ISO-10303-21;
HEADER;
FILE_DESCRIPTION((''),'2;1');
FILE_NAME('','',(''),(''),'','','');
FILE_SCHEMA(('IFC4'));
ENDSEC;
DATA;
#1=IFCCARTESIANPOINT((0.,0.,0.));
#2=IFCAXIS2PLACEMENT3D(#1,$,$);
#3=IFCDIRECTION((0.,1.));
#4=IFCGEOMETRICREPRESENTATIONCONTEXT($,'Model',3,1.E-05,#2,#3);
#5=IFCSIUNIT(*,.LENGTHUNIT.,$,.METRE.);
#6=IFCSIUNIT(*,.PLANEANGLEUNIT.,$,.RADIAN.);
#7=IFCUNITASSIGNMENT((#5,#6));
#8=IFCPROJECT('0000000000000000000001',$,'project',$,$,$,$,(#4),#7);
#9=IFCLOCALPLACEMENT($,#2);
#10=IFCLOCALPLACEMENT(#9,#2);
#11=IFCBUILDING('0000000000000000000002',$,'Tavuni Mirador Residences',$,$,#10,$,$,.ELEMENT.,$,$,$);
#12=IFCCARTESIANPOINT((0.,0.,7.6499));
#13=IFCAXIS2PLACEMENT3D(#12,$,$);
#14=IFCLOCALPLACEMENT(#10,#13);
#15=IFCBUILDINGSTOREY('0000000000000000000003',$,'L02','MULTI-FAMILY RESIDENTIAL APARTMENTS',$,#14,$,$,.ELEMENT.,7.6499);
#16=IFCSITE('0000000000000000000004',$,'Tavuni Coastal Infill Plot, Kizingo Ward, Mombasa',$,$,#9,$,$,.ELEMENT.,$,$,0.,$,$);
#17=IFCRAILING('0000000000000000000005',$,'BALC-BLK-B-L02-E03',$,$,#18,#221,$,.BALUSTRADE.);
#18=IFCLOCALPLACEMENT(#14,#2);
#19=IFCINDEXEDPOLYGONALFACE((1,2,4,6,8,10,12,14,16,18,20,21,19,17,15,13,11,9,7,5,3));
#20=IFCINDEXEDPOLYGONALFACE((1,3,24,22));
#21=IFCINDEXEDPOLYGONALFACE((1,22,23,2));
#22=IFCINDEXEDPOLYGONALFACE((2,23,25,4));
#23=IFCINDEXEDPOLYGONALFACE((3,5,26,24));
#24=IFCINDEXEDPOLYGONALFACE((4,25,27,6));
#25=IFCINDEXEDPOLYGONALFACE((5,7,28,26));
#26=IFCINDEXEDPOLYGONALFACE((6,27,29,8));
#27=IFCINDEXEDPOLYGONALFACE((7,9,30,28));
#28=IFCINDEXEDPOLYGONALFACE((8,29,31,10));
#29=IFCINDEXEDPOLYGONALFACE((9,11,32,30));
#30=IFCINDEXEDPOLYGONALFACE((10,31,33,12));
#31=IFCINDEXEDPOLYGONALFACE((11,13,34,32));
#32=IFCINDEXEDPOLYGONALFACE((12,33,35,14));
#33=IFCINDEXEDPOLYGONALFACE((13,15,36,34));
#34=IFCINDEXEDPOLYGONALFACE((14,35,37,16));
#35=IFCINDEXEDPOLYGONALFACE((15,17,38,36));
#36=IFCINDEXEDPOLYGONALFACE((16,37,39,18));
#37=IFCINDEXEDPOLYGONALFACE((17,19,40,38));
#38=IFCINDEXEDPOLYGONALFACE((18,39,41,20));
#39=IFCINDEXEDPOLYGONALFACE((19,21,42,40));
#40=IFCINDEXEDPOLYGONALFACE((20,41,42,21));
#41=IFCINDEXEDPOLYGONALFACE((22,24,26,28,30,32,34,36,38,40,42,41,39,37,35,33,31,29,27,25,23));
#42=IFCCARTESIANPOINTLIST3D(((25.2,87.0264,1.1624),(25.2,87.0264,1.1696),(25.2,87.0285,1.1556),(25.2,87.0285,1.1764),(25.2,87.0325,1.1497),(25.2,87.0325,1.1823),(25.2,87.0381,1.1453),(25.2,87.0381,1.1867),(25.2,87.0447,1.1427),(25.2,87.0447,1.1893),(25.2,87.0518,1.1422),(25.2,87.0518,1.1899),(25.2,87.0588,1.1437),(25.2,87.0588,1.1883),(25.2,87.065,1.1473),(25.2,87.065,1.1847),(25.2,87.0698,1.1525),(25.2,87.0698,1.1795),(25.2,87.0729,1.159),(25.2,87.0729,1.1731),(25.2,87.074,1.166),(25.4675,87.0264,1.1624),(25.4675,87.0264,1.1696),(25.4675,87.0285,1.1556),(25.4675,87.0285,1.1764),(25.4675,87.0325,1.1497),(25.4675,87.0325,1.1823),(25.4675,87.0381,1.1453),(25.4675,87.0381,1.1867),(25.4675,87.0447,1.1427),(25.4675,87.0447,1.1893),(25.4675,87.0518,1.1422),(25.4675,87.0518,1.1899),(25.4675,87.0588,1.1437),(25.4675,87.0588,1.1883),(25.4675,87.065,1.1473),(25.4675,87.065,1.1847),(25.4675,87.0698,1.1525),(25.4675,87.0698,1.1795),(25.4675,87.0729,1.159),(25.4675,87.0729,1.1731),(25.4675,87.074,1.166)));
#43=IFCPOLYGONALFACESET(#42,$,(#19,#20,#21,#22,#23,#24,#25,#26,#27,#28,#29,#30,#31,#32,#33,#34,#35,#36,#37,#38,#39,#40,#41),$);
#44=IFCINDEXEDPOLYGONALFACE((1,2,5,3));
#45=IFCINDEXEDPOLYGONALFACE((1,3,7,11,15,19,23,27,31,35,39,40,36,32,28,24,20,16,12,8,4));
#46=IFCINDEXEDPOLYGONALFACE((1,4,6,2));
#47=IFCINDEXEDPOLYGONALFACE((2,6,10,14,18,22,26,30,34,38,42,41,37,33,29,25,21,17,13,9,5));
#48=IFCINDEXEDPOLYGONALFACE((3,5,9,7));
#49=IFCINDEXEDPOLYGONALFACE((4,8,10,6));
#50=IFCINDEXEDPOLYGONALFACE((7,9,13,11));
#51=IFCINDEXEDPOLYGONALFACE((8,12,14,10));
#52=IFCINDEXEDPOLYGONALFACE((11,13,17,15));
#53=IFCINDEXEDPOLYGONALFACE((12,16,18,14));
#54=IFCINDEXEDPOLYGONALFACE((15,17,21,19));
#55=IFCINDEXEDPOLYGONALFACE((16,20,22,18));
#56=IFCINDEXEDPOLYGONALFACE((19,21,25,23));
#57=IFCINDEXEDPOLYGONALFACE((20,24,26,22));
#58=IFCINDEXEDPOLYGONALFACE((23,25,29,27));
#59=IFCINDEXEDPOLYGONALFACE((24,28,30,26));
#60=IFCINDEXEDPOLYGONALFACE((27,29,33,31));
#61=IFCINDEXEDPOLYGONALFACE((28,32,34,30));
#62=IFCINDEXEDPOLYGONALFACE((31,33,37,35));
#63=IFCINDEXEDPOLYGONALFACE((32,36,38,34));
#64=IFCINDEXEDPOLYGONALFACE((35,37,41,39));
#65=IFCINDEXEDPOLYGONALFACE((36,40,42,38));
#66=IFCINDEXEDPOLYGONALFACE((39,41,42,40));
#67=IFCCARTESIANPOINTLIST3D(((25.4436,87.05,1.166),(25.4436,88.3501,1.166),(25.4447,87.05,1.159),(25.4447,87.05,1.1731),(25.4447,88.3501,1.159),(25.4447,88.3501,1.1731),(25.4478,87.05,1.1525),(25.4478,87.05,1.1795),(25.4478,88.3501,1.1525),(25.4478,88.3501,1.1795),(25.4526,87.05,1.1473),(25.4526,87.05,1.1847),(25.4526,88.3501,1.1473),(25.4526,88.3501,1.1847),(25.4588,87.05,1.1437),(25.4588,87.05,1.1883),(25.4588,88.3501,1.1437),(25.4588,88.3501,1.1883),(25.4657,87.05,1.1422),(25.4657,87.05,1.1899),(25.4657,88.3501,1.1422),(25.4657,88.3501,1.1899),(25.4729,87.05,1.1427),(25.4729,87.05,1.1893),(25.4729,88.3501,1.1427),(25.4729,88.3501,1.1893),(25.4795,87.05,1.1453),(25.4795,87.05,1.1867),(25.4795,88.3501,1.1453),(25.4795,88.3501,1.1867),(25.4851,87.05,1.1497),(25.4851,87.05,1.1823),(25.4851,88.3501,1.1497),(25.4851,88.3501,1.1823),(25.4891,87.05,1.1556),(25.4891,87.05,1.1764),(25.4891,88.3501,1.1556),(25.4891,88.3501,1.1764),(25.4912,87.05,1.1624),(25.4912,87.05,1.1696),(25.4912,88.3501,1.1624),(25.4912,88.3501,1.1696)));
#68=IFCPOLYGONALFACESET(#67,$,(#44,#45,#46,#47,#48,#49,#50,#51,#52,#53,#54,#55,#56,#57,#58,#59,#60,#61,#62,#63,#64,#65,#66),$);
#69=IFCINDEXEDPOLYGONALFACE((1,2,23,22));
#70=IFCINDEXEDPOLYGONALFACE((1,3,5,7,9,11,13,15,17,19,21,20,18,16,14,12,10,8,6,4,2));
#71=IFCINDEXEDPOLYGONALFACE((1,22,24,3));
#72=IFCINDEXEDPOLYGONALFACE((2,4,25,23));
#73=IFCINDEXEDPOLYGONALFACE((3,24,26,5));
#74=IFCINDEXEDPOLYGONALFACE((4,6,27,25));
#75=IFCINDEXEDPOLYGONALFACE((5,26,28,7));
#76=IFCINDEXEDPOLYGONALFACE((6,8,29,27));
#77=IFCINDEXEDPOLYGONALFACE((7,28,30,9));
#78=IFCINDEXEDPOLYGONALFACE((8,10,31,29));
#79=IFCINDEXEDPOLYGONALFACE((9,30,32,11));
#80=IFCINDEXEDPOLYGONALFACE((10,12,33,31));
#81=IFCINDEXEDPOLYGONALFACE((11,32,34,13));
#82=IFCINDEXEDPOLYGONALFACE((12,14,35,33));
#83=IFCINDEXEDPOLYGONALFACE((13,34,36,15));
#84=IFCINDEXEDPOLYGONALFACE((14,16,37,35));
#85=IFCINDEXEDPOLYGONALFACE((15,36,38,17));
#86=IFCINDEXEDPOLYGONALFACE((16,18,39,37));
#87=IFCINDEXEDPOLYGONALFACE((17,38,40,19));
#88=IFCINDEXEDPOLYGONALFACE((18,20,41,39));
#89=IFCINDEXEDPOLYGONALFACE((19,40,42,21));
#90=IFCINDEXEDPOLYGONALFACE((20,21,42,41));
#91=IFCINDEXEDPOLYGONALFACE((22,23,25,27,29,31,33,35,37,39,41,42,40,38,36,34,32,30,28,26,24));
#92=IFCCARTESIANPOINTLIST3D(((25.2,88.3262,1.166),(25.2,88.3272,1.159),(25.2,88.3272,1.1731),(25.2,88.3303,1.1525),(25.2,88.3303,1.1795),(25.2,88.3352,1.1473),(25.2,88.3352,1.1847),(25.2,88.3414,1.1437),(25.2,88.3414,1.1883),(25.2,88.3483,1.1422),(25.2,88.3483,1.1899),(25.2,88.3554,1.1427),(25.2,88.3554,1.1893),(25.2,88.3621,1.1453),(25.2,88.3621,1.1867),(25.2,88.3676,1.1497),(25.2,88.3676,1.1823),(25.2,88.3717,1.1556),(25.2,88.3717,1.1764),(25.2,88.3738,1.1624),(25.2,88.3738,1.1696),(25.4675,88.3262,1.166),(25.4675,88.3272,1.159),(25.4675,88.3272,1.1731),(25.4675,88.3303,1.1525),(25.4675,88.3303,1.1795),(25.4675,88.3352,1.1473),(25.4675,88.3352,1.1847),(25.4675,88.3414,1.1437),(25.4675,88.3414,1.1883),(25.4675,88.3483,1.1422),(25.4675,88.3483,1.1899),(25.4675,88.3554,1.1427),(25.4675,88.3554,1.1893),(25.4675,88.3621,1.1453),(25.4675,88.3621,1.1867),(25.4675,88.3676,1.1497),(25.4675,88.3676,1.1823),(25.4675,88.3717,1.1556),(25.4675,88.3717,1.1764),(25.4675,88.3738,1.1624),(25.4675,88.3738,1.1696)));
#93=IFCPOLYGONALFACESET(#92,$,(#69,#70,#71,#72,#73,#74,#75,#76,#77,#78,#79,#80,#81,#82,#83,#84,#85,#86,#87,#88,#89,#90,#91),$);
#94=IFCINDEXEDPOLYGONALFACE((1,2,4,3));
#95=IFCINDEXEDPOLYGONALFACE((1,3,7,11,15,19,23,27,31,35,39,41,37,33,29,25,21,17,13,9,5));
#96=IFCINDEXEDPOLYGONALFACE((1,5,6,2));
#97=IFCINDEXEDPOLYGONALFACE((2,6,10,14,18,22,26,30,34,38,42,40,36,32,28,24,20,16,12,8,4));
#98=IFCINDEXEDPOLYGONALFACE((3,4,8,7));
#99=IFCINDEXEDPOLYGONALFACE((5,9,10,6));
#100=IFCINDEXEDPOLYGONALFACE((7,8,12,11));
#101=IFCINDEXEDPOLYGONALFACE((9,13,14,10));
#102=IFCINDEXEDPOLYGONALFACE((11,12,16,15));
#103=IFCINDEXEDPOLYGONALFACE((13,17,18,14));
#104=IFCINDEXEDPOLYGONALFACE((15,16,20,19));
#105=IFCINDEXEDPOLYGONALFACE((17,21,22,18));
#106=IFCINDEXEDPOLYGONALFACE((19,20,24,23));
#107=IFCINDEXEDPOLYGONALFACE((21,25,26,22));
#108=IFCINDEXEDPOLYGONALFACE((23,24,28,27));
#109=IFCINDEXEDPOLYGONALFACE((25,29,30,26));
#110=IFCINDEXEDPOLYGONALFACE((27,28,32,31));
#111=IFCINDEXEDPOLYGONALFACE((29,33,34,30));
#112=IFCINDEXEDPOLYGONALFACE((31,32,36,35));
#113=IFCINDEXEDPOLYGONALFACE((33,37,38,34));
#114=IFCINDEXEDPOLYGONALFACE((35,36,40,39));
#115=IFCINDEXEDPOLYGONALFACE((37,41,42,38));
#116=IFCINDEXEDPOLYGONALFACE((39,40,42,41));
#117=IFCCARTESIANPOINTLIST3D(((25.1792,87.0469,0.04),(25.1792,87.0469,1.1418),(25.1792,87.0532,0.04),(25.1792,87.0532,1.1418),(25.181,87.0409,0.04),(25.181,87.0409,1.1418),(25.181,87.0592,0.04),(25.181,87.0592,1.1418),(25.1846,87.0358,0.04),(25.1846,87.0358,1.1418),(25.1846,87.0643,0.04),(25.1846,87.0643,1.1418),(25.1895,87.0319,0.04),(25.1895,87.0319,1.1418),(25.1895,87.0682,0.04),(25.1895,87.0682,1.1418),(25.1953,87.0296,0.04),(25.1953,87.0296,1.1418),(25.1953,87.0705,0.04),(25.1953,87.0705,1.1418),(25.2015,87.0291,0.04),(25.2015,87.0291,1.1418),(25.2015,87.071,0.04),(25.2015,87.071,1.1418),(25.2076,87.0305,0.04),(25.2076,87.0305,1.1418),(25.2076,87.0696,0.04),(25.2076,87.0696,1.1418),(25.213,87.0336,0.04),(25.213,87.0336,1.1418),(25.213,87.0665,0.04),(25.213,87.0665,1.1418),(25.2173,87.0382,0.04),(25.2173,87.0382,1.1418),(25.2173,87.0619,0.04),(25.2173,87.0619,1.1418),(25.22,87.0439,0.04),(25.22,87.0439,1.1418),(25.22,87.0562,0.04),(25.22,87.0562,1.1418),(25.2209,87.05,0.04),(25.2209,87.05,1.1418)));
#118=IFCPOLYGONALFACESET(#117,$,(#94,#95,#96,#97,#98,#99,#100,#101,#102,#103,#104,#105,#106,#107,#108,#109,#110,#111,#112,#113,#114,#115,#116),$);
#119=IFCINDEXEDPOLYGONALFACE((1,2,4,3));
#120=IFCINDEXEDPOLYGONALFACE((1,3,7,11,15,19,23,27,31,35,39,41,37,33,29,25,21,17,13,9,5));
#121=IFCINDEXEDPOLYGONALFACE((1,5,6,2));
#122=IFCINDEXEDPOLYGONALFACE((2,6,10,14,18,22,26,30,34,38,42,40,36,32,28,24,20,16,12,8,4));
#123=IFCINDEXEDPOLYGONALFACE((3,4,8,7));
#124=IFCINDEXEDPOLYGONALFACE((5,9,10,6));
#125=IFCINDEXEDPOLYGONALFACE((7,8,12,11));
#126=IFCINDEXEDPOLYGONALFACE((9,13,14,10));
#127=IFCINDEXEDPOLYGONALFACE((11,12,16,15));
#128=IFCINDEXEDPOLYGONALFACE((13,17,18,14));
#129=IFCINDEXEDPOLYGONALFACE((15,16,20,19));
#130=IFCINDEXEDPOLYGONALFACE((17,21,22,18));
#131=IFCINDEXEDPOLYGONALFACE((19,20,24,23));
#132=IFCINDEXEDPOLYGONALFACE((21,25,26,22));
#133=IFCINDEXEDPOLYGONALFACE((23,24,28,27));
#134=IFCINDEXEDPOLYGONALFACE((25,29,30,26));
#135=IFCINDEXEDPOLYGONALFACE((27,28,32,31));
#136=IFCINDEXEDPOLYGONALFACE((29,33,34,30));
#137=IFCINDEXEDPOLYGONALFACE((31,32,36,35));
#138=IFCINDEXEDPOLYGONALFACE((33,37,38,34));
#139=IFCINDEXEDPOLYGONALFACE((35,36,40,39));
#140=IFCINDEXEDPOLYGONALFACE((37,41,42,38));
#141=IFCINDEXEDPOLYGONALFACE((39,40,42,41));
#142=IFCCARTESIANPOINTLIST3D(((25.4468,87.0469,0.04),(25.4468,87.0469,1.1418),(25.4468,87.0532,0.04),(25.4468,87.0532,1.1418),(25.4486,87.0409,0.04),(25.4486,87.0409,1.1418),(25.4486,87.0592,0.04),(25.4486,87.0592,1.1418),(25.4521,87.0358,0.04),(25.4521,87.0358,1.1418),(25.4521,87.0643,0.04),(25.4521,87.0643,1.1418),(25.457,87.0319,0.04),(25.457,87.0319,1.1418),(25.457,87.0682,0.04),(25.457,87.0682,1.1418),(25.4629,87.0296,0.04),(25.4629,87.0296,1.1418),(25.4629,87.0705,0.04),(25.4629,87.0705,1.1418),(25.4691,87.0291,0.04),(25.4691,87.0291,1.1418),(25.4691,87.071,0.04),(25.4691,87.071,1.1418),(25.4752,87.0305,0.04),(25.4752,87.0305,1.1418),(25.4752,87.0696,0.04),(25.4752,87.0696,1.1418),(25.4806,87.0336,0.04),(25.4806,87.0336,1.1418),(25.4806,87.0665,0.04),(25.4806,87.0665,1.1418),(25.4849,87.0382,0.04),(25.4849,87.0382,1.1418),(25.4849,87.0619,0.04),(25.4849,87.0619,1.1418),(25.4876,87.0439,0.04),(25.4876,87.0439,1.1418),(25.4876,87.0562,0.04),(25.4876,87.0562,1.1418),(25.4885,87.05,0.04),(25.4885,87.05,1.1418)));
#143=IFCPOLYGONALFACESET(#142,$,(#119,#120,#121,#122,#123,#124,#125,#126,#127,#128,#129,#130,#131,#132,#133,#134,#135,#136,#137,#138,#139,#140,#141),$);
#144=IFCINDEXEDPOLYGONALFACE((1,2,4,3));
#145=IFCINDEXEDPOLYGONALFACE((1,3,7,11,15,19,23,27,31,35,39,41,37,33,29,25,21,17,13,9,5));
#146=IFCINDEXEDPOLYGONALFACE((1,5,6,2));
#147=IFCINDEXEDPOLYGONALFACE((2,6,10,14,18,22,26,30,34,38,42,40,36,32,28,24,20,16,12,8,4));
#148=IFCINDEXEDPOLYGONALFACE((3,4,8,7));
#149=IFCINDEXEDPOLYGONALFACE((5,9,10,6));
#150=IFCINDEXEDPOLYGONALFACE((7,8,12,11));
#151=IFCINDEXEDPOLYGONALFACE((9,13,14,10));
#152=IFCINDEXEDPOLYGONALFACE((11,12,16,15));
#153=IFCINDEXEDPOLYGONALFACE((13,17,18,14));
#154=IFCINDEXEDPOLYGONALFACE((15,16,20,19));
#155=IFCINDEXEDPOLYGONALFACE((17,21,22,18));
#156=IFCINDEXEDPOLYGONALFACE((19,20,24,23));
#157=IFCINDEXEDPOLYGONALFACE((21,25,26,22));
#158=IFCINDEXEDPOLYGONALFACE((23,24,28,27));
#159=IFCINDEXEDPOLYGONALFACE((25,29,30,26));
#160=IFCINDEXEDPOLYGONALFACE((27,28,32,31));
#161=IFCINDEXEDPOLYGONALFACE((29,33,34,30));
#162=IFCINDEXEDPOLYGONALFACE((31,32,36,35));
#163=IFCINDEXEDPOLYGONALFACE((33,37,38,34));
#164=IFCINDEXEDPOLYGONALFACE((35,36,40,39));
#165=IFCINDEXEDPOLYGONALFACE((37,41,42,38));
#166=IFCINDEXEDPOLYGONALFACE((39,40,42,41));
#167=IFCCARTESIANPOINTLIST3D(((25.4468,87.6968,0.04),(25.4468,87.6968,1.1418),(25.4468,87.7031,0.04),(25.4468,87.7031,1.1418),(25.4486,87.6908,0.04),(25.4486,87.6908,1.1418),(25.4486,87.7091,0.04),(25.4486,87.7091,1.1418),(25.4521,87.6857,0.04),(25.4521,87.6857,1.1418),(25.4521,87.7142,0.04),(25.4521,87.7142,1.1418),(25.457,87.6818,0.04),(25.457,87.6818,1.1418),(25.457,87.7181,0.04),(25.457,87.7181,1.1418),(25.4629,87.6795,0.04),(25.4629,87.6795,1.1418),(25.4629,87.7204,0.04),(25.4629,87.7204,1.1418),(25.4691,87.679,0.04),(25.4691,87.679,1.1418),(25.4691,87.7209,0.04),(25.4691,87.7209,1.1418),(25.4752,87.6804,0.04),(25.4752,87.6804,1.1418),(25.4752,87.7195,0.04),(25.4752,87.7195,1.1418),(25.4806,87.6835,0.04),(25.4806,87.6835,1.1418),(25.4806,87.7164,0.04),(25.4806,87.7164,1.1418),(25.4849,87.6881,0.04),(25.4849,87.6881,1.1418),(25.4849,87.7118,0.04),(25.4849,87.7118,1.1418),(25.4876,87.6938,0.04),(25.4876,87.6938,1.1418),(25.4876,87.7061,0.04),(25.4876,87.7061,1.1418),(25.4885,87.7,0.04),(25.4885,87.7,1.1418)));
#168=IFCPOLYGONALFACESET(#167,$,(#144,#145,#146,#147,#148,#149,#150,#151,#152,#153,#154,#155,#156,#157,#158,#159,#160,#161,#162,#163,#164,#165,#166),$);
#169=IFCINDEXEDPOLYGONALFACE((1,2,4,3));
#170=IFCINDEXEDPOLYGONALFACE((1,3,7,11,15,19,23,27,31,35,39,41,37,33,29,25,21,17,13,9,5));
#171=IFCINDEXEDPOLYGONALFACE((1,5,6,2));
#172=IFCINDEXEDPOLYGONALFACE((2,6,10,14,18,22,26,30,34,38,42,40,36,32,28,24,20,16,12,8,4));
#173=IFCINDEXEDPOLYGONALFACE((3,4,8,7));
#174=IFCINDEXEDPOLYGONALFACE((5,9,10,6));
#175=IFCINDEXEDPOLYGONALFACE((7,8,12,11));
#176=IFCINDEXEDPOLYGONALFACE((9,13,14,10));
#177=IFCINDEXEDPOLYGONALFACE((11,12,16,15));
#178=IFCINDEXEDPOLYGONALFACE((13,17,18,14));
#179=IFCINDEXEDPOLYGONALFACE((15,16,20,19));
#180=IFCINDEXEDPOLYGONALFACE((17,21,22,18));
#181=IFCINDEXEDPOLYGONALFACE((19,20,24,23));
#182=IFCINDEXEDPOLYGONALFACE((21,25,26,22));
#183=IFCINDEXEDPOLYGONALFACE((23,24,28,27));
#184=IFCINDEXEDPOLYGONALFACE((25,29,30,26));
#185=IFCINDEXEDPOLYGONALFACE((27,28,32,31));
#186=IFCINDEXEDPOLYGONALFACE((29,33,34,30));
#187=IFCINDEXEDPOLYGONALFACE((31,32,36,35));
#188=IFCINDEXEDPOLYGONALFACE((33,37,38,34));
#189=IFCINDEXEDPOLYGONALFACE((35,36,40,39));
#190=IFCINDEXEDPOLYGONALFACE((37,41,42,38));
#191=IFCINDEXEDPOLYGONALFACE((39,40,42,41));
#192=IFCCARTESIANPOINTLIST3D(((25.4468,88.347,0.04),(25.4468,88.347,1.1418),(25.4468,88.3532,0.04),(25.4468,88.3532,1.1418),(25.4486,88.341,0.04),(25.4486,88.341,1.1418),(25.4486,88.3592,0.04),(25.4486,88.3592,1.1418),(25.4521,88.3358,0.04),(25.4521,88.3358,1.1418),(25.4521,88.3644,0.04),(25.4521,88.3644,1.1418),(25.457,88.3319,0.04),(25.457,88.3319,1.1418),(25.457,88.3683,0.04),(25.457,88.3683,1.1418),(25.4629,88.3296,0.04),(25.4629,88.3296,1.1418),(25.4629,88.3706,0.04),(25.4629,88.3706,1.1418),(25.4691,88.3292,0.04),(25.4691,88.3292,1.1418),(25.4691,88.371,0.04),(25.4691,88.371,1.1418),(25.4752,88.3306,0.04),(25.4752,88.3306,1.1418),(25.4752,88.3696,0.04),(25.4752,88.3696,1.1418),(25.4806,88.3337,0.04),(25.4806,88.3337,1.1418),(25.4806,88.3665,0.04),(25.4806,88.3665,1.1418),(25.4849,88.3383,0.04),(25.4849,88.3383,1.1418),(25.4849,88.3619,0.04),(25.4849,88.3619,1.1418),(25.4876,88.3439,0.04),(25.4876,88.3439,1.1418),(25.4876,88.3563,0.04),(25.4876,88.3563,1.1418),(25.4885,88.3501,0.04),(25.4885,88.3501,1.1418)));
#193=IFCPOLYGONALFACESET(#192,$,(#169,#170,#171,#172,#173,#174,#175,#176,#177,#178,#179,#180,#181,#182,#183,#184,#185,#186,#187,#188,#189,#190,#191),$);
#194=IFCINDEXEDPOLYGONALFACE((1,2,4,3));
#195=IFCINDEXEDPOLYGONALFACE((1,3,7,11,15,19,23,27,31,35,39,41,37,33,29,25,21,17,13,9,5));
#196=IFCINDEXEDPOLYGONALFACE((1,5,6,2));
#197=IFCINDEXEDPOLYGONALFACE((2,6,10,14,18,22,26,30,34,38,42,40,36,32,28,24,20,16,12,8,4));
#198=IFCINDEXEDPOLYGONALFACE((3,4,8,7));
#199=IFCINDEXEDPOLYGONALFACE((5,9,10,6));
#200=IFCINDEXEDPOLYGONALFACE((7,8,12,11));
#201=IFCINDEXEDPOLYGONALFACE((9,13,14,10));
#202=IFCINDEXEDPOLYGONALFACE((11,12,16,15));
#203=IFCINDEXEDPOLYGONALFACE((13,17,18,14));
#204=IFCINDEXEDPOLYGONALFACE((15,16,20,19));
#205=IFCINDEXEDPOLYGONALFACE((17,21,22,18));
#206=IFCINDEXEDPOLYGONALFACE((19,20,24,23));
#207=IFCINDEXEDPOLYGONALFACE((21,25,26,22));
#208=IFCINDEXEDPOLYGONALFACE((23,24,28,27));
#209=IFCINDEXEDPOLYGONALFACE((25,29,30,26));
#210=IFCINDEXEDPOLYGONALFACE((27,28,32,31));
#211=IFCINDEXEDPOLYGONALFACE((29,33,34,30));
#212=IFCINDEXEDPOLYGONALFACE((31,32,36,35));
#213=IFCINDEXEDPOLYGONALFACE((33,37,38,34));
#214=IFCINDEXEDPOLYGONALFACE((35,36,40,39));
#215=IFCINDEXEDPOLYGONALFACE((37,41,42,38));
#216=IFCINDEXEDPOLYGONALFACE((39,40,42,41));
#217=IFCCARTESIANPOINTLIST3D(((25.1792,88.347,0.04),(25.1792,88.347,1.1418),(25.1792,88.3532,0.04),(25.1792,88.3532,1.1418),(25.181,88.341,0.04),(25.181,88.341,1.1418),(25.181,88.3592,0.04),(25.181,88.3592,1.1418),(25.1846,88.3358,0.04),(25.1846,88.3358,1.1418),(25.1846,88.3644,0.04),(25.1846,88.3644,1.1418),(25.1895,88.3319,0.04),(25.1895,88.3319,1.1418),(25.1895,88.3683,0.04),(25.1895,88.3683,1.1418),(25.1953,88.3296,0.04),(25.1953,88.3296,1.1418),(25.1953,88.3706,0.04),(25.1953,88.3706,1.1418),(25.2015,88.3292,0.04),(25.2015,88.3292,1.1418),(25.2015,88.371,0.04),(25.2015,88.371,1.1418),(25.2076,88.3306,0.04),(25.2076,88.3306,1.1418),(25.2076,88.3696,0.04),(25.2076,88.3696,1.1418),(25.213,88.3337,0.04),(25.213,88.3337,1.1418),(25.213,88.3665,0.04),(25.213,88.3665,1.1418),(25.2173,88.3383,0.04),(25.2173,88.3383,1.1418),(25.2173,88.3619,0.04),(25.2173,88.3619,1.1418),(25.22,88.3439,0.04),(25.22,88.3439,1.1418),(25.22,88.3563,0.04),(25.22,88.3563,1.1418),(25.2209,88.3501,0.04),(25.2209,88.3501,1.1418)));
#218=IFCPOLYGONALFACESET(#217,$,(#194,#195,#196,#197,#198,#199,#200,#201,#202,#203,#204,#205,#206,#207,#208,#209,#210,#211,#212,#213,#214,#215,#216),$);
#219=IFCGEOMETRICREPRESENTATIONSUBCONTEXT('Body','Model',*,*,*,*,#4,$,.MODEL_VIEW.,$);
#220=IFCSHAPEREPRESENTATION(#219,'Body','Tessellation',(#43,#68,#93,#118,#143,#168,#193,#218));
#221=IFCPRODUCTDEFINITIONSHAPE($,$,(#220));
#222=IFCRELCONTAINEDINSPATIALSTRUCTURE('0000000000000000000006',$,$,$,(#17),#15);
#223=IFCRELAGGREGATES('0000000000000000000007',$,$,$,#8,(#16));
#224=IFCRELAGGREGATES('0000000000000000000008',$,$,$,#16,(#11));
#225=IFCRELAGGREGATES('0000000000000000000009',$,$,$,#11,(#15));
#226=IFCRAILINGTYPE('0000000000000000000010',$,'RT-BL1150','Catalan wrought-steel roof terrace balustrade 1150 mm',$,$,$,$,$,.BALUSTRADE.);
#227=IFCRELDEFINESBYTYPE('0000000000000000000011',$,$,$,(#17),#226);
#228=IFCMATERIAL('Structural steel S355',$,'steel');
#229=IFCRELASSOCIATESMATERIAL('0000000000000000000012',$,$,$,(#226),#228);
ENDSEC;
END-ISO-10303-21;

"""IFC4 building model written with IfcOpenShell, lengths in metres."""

from ifc_helpers import new_model, si_unit, direction, frame, origin, origin_2d, place, context, subcontext, project, spatial, circle, extrude, material, type_object, element, save


model = new_model("IFC4")

# Units and contexts
model_context = context("Model", 3, precision=1e-05, world=origin(), true_north=direction((0.0, 1.0)))
body_context = subcontext(model_context, "Body", "Model", "MODEL_VIEW")
ifc_project = project(units=[si_unit("LENGTHUNIT", "METRE"), si_unit("PLANEANGLEUNIT", "RADIAN")], contexts=[model_context])

# Site, building, storey
site_placement = place(None, origin())
site = spatial("IfcSite", under=ifc_project, at=site_placement, Name="Tavuni Coastal Infill Plot, Kizingo Ward, Mombasa", CompositionType="ELEMENT", RefElevation=0.0)
building_placement = place(site_placement, origin())
building = spatial("IfcBuilding", under=site, at=building_placement, Name="Tavuni Mirador Residences", CompositionType="ELEMENT")
storey_placement = place(building_placement, frame((0.0, 0.0, 7.6499)))
storey = spatial("IfcBuildingStorey", under=building, at=storey_placement, Name="L02", Description="MULTI-FAMILY RESIDENTIAL APARTMENTS", CompositionType="ELEMENT", Elevation=7.6499)

# Shared definitions
ifc_material_1 = material(Name="Structural steel S355", Category="steel")

# Railing
railing_type = type_object("IfcRailingType", Name="RT-BL1150", Description="Catalan wrought-steel roof terrace balustrade 1150 mm", PredefinedType="BALUSTRADE", material=ifc_material_1)
railing_placement = place(storey_placement, frame((25.2, 87.05, 0.04)))
element("IfcRailing", 1, at=railing_placement, inside=storey, type_object=railing_type, Name="BALC-BLK-B-L02-E03", PredefinedType="BALUSTRADE", context=body_context, shape_type="SweptSolid", body=[
    extrude(circle(Radius=0.0239, at=origin_2d()), frame((0.0, 0.0, 1.126), z_axis=(1.0, 0.0, 0.0), x_axis=(0.0, 1.0, 0.0)), (0.0, 0.0, 1.0), 0.2676),
    extrude(circle(Radius=0.0239, at=origin_2d()), frame((0.2676, 0.0, 1.126), z_axis=(0.0, 1.0, 0.0), x_axis=(-1.0, 0.0, 0.0)), (0.0, 0.0, 1.0), 1.3),
    extrude(circle(Radius=0.0239, at=origin_2d()), frame((0.2676, 1.3, 1.126), z_axis=(-1.0, 0.0, 0.0), x_axis=(0.0, -1.0, 0.0)), (0.0, 0.0, 1.0), 0.2676),
    extrude(circle(Radius=0.021, at=origin_2d()), origin(), (0.0, 0.0, 1.0), 1.1018),
    extrude(circle(Radius=0.021, at=origin_2d()), frame((0.2676, 0.0, 0.0)), (0.0, 0.0, 1.0), 1.1018),
    extrude(circle(Radius=0.021, at=origin_2d()), frame((0.2676, 0.6499, 0.0)), (0.0, 0.0, 1.0), 1.1018),
    extrude(circle(Radius=0.021, at=origin_2d()), frame((0.2676, 1.3, 0.0)), (0.0, 0.0, 1.0), 1.1018),
    extrude(circle(Radius=0.021, at=origin_2d()), frame((0.0, 1.3, 0.0)), (0.0, 0.0, 1.0), 1.1018),
])

save(model, "model.ifc")
